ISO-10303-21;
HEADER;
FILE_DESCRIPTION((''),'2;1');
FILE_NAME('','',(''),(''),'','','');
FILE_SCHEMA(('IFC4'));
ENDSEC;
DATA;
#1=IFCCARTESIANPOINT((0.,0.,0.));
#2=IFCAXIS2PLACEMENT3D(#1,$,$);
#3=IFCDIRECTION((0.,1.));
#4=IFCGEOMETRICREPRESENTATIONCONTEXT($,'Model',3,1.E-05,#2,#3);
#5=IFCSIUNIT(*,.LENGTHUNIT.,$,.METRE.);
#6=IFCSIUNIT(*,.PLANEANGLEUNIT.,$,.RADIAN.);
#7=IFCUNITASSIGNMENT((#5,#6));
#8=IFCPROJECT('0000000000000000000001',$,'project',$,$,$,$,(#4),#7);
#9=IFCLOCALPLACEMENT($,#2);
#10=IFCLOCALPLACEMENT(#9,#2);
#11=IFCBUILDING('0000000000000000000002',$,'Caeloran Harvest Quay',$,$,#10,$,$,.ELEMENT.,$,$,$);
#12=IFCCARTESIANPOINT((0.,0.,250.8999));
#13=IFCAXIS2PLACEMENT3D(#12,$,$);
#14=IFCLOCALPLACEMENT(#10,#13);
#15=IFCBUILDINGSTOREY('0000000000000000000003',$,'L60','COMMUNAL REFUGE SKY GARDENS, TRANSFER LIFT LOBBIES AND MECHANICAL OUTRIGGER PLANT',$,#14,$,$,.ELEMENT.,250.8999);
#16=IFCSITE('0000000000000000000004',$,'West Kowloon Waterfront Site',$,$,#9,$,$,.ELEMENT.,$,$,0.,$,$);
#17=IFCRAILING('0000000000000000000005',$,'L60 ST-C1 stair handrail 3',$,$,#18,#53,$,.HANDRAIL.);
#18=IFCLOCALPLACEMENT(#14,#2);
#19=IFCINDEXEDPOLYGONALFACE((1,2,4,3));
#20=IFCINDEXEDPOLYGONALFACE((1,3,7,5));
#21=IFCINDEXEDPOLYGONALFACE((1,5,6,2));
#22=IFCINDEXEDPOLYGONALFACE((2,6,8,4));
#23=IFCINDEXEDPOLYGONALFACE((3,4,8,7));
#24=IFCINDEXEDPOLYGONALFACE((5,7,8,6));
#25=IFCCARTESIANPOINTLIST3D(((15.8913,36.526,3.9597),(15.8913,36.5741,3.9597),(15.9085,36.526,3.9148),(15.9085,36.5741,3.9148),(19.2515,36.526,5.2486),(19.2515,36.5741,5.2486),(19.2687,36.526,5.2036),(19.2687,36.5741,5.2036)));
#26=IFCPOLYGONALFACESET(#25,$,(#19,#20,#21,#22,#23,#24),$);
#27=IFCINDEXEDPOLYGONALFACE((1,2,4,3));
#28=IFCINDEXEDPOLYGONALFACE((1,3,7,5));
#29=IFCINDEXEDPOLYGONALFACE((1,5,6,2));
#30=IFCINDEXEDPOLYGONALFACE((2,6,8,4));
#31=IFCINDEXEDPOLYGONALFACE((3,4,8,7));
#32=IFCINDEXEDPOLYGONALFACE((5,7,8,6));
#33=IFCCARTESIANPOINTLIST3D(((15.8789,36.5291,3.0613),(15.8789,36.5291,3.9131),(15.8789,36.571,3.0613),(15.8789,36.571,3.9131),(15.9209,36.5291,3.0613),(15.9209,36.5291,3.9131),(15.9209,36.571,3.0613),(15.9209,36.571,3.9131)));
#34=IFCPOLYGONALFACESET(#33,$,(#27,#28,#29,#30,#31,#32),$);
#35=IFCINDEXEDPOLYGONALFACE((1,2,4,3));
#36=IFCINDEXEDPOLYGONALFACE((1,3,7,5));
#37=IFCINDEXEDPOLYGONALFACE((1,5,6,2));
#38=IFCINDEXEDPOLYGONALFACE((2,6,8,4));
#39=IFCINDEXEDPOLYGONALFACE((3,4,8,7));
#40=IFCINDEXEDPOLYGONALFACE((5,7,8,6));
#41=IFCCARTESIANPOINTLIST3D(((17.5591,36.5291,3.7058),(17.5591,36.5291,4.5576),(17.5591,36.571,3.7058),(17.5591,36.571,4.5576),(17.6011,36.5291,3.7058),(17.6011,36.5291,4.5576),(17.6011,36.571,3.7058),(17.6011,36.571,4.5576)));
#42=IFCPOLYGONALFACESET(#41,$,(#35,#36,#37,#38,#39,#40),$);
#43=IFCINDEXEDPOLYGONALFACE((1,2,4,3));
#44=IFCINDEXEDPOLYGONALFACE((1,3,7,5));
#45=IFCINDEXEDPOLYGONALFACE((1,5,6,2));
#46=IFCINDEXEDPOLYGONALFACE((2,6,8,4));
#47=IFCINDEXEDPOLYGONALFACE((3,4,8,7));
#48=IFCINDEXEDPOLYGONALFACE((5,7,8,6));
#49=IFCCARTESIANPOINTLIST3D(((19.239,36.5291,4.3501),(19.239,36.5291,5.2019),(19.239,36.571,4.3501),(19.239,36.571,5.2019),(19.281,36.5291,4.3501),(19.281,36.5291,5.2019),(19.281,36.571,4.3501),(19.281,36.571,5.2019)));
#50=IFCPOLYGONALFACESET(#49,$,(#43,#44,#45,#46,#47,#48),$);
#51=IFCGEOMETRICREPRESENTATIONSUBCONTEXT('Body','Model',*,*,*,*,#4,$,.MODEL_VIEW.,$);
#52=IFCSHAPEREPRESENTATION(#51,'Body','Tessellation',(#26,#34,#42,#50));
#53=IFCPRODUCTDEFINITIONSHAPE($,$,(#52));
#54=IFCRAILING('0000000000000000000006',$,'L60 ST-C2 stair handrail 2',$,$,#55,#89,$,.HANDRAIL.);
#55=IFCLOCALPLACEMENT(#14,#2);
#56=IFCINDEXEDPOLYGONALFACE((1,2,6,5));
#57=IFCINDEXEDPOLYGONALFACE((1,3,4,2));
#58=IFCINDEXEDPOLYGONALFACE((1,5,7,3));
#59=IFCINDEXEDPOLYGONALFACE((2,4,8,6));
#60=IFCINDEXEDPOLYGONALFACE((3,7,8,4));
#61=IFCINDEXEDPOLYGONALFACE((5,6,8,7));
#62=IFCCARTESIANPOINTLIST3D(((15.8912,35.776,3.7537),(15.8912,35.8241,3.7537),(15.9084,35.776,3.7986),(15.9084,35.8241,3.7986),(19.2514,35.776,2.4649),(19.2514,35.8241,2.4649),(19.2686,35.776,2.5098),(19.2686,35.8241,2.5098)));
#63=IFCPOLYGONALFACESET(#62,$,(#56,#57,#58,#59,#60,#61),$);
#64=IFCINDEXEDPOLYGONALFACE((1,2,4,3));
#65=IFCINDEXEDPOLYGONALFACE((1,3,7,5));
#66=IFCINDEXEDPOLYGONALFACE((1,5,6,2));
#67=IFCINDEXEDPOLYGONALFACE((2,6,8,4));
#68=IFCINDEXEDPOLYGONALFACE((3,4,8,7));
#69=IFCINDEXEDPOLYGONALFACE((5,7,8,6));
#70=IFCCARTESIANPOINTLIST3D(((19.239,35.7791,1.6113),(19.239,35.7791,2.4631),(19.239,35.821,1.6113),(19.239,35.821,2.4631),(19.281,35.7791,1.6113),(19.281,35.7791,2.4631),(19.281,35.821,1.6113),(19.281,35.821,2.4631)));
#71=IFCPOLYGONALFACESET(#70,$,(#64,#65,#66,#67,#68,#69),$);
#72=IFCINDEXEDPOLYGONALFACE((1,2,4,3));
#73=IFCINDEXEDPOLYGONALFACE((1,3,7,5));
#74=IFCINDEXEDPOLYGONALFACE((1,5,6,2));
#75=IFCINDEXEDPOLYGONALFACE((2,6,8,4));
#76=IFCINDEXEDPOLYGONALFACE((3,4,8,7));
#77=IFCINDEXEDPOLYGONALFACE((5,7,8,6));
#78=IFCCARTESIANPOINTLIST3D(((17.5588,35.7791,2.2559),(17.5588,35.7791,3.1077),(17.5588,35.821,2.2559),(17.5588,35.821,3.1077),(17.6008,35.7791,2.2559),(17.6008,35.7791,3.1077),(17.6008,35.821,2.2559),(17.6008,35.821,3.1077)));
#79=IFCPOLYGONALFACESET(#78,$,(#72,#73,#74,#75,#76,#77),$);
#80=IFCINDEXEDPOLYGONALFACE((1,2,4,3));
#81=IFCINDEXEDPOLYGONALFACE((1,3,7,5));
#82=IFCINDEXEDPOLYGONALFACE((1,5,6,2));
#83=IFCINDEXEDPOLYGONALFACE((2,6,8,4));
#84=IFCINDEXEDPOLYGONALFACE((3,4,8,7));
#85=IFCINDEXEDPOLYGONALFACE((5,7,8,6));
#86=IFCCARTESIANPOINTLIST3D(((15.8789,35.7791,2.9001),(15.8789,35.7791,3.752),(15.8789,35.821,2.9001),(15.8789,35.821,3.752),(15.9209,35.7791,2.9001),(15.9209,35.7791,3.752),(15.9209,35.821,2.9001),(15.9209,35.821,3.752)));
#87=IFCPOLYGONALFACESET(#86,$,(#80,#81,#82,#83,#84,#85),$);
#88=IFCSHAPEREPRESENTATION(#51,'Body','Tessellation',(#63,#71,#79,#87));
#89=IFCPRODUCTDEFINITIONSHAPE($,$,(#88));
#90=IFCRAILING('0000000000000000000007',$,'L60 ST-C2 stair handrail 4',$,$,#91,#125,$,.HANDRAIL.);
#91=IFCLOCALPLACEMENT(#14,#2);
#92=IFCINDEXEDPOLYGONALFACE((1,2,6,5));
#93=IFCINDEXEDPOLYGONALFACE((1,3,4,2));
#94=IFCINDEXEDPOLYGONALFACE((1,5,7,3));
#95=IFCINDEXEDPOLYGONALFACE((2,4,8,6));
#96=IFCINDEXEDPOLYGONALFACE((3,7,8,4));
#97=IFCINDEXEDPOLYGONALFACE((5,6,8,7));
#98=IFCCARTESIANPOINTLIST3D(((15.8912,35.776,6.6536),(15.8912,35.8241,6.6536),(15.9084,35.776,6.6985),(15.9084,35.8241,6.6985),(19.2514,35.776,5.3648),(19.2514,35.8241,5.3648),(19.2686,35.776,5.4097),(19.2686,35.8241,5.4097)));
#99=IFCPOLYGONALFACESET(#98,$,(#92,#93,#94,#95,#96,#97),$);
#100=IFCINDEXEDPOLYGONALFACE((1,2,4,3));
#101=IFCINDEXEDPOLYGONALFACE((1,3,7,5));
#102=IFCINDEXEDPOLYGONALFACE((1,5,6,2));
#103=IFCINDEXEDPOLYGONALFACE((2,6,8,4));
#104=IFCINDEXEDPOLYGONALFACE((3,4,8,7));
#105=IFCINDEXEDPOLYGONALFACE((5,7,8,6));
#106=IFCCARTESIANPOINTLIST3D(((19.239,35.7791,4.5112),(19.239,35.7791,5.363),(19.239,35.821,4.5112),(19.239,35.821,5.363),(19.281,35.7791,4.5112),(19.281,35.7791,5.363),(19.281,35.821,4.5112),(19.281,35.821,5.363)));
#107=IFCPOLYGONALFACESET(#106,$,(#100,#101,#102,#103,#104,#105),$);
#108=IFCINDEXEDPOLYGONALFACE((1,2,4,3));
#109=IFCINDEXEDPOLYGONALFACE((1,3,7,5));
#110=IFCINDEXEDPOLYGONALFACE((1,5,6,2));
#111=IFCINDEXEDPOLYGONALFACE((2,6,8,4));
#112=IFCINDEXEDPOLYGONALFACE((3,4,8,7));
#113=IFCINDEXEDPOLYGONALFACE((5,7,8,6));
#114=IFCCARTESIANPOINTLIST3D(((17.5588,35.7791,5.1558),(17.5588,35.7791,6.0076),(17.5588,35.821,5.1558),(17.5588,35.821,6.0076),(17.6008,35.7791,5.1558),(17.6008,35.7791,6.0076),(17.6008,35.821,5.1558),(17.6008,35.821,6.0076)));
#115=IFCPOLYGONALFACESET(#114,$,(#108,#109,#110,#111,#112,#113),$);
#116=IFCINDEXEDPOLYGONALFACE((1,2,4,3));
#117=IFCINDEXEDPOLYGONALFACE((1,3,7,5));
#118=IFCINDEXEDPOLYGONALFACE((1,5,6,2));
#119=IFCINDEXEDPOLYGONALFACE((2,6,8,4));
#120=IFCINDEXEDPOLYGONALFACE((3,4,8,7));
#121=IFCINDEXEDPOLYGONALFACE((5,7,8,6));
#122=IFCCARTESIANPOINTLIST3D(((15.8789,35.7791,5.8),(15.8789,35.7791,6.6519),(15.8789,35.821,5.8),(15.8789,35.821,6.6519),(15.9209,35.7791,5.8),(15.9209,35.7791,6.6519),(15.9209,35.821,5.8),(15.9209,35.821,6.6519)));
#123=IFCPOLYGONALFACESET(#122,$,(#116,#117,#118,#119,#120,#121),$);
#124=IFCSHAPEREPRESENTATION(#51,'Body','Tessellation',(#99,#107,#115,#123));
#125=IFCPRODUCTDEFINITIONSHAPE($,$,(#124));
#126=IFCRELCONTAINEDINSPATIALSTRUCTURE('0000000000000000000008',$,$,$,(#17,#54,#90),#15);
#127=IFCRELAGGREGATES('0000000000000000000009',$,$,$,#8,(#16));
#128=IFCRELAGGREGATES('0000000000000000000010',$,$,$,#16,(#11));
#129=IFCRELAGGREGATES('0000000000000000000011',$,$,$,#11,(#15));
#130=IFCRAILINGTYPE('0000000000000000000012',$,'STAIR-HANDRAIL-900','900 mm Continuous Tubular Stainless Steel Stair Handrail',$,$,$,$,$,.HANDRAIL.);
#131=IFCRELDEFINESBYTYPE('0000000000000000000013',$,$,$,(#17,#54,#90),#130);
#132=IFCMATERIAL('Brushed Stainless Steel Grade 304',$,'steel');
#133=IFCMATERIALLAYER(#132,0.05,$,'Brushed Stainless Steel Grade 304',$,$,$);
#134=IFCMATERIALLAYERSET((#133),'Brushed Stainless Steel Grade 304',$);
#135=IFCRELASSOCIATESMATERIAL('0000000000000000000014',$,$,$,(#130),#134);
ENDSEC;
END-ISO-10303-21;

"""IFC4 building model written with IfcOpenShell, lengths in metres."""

from ifc_helpers import new_model, si_unit, direction, frame, origin, origin_2d, place, context, subcontext, project, spatial, rectangle, extrude, material, layer, layer_set, type_object, element, save


model = new_model("IFC4")

# Units and contexts
model_context = context("Model", 3, precision=1e-05, world=origin(), true_north=direction((0.0, 1.0)))
body_context = subcontext(model_context, "Body", "Model", "MODEL_VIEW")
ifc_project = project(units=[si_unit("LENGTHUNIT", "METRE"), si_unit("PLANEANGLEUNIT", "RADIAN")], contexts=[model_context])

# Site, building, storey
site_placement = place(None, origin())
site = spatial("IfcSite", under=ifc_project, at=site_placement, Name="West Kowloon Waterfront Site", CompositionType="ELEMENT", RefElevation=0.0)
building_placement = place(site_placement, origin())
building = spatial("IfcBuilding", under=site, at=building_placement, Name="Caeloran Harvest Quay", CompositionType="ELEMENT")
storey_placement = place(building_placement, frame((0.0, 0.0, 250.8999)))
storey = spatial("IfcBuildingStorey", under=building, at=storey_placement, Name="L60", Description="COMMUNAL REFUGE SKY GARDENS, TRANSFER LIFT LOBBIES AND MECHANICAL OUTRIGGER PLANT", CompositionType="ELEMENT", Elevation=250.8999)

# Railings
ifc_material_1 = material(Name="Brushed Stainless Steel Grade 304", Category="steel")
ifc_layer_1 = layer(ifc_material_1, 0.05, Name="Brushed Stainless Steel Grade 304")
ifc_layer_set_1 = layer_set([ifc_layer_1], Name="Brushed Stainless Steel Grade 304")
railing_type_1 = type_object("IfcRailingType", Name="STAIR-HANDRAIL-900", Description="900 mm Continuous Tubular Stainless Steel Stair Handrail", PredefinedType="HANDRAIL", material=ifc_layer_set_1)
railing_1_placement = place(storey_placement, frame((15.8999, 36.55, 3.0613)))
element("IfcRailing", 1, at=railing_1_placement, inside=storey, type_object=railing_type_1, Name="L60 ST-C1 stair handrail 3", PredefinedType="HANDRAIL", context=body_context, shape_type="SweptSolid", body=[
    extrude(rectangle(XDim=0.0481, YDim=0.0481, at=origin_2d()), frame((0.0, 0.0, 0.876), z_axis=(0.933674, 0.0, 0.358124), x_axis=(0.0, 1.0, 0.0)), (0.0, 0.0, 1.0), 3.5989),
    extrude(rectangle(XDim=0.042, YDim=0.042, at=origin_2d()), origin(), (0.0, 0.0, 1.0), 0.8518),
    extrude(rectangle(XDim=0.042, YDim=0.042, at=origin_2d()), frame((1.6802, 0.0, 0.6445)), (0.0, 0.0, 1.0), 0.8518),
    extrude(rectangle(XDim=0.042, YDim=0.042, at=origin_2d()), frame((3.3601, 0.0, 1.2888)), (0.0, 0.0, 1.0), 0.8518),
])
for number, where, name in (
    (2, (19.26, 35.8, 1.6113), "L60 ST-C2 stair handrail 2"),
    (3, (19.26, 35.8, 4.5112), "L60 ST-C2 stair handrail 4"),
):
    element("IfcRailing", number, at=place(storey_placement, frame(where)), inside=storey, type_object=railing_type_1, Name=name, PredefinedType="HANDRAIL", context=body_context, shape_type="SweptSolid", body=[
        extrude(rectangle(XDim=0.0481, YDim=0.0481, at=origin_2d()), frame((0.0, 0.0, 0.876), z_axis=(-0.933674, 0.0, 0.358124), x_axis=(0.0, -1.0, 0.0)), (0.0, 0.0, 1.0), 3.5989),
        extrude(rectangle(XDim=0.042, YDim=0.042, at=origin_2d()), origin(), (0.0, 0.0, 1.0), 0.8518),
        extrude(rectangle(XDim=0.042, YDim=0.042, at=origin_2d()), frame((-1.6802, 0.0, 0.6445)), (0.0, 0.0, 1.0), 0.8518),
        extrude(rectangle(XDim=0.042, YDim=0.042, at=origin_2d()), frame((-3.3601, 0.0, 1.2888)), (0.0, 0.0, 1.0), 0.8518),
    ])

save(model, "model.ifc")
